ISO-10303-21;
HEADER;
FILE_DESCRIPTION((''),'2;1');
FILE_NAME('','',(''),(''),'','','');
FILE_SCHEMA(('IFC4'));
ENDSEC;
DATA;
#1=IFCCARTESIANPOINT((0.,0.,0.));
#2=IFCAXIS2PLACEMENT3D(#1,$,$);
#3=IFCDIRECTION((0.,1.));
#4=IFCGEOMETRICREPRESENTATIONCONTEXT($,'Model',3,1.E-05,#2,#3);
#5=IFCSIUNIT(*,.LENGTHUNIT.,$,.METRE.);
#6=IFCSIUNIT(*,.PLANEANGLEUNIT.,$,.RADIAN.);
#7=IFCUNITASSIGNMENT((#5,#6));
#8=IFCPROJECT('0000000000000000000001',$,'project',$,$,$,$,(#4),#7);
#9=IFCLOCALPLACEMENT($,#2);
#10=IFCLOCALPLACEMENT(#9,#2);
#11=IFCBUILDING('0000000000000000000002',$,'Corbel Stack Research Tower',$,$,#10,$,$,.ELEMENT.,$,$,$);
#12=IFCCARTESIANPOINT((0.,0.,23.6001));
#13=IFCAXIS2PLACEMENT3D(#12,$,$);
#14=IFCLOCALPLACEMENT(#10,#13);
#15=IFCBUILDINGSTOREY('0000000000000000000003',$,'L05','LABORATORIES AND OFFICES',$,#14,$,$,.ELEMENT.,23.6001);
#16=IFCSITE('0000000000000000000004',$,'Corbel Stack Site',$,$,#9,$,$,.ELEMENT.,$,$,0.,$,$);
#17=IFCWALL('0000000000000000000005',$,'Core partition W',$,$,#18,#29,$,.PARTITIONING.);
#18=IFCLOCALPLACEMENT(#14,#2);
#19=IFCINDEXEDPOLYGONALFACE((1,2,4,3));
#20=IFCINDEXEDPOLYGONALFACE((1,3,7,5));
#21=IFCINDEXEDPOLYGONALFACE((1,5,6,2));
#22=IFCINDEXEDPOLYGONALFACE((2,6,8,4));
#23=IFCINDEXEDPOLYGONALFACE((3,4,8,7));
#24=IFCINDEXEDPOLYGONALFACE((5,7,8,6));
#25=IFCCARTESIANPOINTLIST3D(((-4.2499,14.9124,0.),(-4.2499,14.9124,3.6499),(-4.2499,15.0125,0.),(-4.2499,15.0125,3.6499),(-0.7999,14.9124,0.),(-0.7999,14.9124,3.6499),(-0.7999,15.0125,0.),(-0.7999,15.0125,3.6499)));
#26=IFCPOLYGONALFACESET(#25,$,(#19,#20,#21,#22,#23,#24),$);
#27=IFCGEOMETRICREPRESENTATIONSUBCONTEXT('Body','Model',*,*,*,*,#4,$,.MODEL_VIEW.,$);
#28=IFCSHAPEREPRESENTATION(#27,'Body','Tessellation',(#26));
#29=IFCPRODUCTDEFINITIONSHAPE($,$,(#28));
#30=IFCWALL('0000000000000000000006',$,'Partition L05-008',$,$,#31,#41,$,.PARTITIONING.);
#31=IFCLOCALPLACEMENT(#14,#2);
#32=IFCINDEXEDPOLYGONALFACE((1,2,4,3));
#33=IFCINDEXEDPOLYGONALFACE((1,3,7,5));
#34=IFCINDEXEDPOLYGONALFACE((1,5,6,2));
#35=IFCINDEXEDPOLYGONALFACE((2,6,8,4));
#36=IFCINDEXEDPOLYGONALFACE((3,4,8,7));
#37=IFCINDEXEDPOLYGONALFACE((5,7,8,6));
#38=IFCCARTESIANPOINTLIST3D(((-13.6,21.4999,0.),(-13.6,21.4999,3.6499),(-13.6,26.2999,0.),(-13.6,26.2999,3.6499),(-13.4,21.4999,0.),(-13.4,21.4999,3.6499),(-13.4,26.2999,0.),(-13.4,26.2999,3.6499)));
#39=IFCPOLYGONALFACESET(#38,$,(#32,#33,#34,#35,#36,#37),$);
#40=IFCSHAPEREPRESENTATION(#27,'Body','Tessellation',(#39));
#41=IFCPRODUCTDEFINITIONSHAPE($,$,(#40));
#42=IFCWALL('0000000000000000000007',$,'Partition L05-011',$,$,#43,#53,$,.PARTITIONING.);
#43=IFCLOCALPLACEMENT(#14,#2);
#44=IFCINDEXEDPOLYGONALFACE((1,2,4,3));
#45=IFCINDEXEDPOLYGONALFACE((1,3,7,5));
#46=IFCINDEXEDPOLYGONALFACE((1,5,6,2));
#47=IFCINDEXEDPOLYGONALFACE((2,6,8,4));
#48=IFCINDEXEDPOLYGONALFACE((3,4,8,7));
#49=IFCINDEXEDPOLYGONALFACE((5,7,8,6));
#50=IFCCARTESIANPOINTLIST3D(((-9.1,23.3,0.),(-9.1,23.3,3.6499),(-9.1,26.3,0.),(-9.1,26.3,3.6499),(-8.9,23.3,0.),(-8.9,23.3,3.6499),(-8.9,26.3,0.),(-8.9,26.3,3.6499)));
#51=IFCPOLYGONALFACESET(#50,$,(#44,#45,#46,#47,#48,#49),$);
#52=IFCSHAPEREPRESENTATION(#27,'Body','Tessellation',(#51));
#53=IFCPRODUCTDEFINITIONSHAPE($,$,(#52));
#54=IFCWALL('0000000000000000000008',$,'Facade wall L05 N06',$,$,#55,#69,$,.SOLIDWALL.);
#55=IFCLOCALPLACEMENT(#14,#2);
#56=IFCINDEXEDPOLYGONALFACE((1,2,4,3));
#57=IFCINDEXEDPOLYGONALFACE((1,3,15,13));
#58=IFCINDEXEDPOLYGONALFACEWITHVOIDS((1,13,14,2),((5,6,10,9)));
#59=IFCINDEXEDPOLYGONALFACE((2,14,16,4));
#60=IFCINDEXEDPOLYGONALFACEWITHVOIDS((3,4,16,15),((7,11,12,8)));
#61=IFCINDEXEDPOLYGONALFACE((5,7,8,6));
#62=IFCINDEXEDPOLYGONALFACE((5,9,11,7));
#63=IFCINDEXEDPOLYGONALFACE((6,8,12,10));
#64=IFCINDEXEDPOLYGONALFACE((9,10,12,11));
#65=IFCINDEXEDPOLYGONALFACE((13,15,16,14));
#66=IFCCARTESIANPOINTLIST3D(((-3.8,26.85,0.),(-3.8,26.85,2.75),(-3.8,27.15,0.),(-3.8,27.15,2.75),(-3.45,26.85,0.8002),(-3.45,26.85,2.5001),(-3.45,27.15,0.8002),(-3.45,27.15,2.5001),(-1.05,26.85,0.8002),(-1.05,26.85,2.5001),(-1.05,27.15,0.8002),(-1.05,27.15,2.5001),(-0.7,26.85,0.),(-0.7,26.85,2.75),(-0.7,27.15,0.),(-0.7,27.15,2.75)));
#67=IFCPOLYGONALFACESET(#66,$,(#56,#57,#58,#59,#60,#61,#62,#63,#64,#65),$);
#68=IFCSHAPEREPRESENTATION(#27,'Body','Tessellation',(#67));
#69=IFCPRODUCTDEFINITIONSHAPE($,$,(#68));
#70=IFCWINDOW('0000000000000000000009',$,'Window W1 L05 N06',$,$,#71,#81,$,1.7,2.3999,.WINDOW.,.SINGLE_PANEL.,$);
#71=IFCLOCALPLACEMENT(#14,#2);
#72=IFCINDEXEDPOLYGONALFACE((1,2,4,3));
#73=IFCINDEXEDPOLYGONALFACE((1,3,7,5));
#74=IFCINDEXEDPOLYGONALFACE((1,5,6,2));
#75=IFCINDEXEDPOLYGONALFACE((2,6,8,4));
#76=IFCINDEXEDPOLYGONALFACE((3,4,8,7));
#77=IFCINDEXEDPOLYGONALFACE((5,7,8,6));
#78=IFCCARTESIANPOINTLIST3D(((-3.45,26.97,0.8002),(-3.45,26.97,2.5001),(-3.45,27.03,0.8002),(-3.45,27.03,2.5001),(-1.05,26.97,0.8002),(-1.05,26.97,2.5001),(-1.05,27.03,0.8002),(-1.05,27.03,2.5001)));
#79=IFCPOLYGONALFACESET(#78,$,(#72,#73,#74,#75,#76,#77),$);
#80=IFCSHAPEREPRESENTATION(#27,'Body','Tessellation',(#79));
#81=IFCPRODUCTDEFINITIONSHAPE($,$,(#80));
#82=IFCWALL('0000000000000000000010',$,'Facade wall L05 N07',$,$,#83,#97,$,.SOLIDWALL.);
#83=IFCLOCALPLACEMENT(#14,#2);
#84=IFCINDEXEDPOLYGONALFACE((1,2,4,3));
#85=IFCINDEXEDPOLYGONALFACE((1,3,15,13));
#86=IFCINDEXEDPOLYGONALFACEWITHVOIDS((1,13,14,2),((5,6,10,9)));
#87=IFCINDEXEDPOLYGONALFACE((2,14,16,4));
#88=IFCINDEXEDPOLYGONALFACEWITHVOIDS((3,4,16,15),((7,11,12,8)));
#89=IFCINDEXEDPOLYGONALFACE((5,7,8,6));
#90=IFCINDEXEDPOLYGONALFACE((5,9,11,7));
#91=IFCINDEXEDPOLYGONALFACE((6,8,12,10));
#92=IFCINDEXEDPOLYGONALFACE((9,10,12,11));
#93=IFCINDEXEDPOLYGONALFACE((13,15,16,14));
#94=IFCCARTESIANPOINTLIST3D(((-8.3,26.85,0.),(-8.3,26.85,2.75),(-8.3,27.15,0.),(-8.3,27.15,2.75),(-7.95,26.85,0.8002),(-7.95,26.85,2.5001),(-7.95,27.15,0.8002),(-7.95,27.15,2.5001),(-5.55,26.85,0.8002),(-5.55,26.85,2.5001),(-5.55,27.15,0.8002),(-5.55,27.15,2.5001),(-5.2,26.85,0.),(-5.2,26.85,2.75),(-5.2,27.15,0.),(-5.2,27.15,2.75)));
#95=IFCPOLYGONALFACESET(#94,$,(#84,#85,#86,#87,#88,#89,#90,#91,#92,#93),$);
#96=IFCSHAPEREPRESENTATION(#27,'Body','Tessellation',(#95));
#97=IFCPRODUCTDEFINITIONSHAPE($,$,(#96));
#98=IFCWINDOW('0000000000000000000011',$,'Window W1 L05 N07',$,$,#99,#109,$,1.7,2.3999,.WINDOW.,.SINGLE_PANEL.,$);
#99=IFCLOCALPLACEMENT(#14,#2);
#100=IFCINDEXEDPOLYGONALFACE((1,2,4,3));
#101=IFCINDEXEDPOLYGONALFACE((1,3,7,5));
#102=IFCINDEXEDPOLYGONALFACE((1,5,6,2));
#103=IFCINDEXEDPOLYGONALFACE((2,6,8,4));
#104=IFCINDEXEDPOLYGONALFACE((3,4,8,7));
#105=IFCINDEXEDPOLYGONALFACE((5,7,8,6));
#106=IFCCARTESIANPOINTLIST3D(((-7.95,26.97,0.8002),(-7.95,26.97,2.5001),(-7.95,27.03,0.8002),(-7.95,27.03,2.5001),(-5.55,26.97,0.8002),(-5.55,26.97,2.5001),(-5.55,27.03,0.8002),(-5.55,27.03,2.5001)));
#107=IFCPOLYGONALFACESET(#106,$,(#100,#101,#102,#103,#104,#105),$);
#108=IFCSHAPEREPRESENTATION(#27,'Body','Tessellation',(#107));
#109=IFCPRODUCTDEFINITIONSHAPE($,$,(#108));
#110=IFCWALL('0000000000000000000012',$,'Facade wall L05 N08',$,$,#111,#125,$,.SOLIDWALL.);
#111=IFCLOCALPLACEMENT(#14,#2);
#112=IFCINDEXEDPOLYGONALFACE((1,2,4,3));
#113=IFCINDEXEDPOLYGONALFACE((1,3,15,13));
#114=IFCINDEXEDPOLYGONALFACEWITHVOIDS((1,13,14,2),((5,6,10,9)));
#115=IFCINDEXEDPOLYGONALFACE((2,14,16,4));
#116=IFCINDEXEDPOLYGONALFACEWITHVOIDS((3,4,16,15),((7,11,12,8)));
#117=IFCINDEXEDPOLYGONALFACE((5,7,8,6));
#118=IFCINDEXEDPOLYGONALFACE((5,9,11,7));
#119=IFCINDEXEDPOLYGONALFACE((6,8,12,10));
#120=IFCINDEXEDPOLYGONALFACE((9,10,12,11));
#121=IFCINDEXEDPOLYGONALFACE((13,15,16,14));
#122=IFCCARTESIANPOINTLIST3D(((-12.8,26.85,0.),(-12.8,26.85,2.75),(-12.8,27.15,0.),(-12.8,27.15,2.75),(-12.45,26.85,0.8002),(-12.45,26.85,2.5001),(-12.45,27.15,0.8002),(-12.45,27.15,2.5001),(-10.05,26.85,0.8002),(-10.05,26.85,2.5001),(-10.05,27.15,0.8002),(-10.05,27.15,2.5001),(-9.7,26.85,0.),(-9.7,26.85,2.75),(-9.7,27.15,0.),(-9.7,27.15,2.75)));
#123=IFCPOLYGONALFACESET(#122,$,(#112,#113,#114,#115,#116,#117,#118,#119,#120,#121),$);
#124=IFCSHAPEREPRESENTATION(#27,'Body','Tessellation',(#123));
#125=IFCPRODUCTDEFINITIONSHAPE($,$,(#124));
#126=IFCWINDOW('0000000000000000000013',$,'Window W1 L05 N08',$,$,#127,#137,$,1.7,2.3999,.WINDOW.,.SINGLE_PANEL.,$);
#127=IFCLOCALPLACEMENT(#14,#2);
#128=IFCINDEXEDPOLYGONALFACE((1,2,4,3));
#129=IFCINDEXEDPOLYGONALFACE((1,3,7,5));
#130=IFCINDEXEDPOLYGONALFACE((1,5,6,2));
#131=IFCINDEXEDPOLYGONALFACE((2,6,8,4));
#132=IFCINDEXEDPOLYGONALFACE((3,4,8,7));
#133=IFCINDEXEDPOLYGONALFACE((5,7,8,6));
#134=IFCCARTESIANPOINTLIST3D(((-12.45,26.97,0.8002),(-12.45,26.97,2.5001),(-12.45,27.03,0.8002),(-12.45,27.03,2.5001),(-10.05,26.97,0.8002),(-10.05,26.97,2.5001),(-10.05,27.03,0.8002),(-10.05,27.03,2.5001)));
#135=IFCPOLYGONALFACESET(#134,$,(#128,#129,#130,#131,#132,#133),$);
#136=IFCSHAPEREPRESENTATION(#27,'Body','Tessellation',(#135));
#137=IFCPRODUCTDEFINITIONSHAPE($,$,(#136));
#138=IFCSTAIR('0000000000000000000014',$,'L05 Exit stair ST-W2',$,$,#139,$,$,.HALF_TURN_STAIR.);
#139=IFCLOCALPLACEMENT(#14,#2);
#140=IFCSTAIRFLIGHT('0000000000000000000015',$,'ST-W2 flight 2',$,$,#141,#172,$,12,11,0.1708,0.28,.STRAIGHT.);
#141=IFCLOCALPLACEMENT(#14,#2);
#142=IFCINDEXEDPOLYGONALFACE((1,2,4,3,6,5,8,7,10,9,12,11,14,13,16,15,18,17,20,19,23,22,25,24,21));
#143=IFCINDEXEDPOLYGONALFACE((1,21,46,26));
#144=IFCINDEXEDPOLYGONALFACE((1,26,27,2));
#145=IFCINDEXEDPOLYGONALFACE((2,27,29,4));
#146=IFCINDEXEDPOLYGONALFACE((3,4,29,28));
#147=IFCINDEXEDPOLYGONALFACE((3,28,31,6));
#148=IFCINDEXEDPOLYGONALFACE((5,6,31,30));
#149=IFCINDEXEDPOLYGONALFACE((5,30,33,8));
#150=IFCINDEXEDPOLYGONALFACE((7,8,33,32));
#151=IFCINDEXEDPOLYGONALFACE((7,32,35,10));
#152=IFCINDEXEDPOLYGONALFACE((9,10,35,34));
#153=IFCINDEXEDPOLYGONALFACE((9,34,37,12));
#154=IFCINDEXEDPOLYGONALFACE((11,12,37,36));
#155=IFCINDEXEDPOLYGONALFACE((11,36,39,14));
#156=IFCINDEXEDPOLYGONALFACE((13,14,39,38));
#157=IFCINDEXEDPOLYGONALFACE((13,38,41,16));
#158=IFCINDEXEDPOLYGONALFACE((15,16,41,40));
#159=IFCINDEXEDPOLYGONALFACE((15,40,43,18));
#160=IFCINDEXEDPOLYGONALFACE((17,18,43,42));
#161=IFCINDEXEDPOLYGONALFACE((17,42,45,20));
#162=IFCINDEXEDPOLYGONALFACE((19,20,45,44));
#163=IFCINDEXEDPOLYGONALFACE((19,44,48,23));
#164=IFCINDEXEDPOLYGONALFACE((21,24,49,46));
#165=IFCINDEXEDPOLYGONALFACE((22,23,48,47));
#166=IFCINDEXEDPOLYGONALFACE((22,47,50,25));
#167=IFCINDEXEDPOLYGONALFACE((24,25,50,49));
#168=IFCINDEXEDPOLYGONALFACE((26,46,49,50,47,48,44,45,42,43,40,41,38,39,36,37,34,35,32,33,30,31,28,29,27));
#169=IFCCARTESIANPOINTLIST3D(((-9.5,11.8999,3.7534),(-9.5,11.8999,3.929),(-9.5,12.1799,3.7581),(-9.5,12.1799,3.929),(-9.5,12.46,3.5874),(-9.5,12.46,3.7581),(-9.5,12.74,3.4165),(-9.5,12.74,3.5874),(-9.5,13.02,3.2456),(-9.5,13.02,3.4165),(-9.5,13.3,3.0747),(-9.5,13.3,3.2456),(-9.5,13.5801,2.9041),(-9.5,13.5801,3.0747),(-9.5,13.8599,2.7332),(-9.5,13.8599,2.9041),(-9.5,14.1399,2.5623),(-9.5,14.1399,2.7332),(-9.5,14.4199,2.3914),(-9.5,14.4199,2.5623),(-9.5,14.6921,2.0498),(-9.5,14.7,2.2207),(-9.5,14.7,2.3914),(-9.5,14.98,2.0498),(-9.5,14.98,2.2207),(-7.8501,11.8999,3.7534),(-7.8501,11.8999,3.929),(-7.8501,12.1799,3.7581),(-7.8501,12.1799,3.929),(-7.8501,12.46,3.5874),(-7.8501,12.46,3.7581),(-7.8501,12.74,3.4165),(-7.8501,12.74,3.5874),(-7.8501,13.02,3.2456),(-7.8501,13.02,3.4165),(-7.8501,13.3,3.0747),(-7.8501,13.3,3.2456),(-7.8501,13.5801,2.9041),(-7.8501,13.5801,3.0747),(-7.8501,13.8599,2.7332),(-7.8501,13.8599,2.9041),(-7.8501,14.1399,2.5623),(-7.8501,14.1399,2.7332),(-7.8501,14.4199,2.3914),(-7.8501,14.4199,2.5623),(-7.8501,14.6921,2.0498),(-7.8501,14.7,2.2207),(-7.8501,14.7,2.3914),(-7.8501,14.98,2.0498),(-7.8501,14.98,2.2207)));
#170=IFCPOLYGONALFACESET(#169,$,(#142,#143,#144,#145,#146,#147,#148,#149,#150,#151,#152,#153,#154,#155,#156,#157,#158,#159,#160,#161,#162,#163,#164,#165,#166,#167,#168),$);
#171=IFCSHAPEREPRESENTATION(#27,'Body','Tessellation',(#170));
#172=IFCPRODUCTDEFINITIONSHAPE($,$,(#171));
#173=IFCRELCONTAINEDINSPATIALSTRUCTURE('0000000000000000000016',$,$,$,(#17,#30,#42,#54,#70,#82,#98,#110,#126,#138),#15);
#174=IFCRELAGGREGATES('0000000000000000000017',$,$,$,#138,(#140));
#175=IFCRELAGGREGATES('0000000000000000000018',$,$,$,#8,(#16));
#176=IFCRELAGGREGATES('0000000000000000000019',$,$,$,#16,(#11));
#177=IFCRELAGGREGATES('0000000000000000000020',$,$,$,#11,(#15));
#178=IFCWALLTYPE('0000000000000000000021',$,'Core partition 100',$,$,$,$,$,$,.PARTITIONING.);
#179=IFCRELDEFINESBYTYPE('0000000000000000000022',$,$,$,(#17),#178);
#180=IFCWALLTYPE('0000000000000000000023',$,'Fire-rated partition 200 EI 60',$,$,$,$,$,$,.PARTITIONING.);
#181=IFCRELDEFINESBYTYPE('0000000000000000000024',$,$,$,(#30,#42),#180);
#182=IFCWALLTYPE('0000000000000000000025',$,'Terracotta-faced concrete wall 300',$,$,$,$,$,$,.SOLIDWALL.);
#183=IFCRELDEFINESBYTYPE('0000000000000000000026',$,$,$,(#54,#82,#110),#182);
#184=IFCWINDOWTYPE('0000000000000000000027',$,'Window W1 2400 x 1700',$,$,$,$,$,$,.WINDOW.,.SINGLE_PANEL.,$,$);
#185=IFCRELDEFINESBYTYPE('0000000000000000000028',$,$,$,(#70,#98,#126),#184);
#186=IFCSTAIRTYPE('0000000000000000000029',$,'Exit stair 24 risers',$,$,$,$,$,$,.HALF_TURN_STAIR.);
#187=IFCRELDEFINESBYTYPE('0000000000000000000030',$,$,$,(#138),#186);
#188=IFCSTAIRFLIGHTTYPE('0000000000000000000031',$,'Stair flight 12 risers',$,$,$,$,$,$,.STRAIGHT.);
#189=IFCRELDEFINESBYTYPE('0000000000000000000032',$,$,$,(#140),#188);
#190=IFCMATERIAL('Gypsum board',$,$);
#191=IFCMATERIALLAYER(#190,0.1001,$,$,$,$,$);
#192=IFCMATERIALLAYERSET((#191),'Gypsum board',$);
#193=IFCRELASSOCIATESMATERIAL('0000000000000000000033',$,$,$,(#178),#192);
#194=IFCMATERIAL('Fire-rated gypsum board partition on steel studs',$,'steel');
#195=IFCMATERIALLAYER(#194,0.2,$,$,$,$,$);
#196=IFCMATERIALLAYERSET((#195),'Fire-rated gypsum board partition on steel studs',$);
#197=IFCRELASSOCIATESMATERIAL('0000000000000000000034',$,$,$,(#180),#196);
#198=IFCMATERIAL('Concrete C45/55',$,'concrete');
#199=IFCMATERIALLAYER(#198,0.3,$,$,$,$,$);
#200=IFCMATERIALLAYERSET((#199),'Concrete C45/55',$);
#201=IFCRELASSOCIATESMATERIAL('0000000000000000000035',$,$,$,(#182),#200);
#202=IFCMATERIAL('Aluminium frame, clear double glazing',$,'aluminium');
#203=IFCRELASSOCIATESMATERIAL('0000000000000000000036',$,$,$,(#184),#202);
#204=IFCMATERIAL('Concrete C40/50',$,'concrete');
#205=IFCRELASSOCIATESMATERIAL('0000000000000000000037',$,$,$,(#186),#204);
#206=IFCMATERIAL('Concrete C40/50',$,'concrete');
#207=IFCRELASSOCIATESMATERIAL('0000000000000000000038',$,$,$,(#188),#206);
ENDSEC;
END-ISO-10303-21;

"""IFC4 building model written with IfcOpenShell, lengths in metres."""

from ifc_helpers import new_model, si_unit, direction, frame, frame_2d, origin, place, context, subcontext, project, spatial, polyline, rectangle, outline, extrude, material, layer, layer_set, type_object, element, fill, aggregate, save


model = new_model("IFC4")

# Units and contexts
model_context = context("Model", 3, precision=1e-05, world=origin(), true_north=direction((0.0, 1.0)))
body_context = subcontext(model_context, "Body", "Model", "MODEL_VIEW")
ifc_project = project(units=[si_unit("LENGTHUNIT", "METRE"), si_unit("PLANEANGLEUNIT", "RADIAN")], contexts=[model_context])

# Site, building, storey
site_placement = place(None, origin())
site = spatial("IfcSite", under=ifc_project, at=site_placement, Name="Corbel Stack Site", CompositionType="ELEMENT", RefElevation=0.0)
building_placement = place(site_placement, origin())
building = spatial("IfcBuilding", under=site, at=building_placement, Name="Corbel Stack Research Tower", CompositionType="ELEMENT")
storey_placement = place(building_placement, frame((0.0, 0.0, 23.6001)))
storey = spatial("IfcBuildingStorey", under=building, at=storey_placement, Name="L05", Description="LABORATORIES AND OFFICES", CompositionType="ELEMENT", Elevation=23.6001)

# Shared definitions
ifc_material_1 = material(Name="Gypsum board")
ifc_layer_1 = layer(ifc_material_1, 0.1001)
ifc_layer_set_1 = layer_set([ifc_layer_1], Name="Gypsum board")
wall_type_1 = type_object("IfcWallType", Name="Core partition 100", PredefinedType="PARTITIONING", material=ifc_layer_set_1)

# Walls
wall_1_placement = place(storey_placement, frame((-4.25, 14.9624, 0.0), z_axis=(0.0, 0.0, 1.0), x_axis=(1.0, 0.0, 0.0)))
element("IfcWall", 1, at=wall_1_placement, inside=storey, type_object=wall_type_1, Name="Core partition W", PredefinedType="PARTITIONING", context=body_context, shape_type="SweptSolid", body=[
    extrude(rectangle(XDim=3.45, YDim=0.1001, at=frame_2d((1.7251, 0.0))), origin(), (0.0, 0.0, 1.0), 3.6499),
])
ifc_material_2 = material(Name="Fire-rated gypsum board partition on steel studs", Category="steel")
ifc_layer_2 = layer(ifc_material_2, 0.2)
ifc_layer_set_2 = layer_set([ifc_layer_2], Name="Fire-rated gypsum board partition on steel studs")
wall_type_2 = type_object("IfcWallType", Name="Fire-rated partition 200 EI 60", PredefinedType="PARTITIONING", material=ifc_layer_set_2)
wall_2_placement = place(storey_placement, frame((-13.5, 21.5, 0.0), z_axis=(0.0, 0.0, 1.0), x_axis=(0.0, 1.0, 0.0)))
element("IfcWall", 2, at=wall_2_placement, inside=storey, type_object=wall_type_2, Name="Partition L05-008", PredefinedType="PARTITIONING", context=body_context, shape_type="SweptSolid", body=[
    extrude(rectangle(XDim=4.8, YDim=0.2, at=frame_2d((2.3999, 0.0))), origin(), (0.0, 0.0, 1.0), 3.6499),
])
wall_3_placement = place(storey_placement, frame((-9.0, 23.3, 0.0), z_axis=(0.0, 0.0, 1.0), x_axis=(0.0, 1.0, 0.0)))
element("IfcWall", 3, at=wall_3_placement, inside=storey, type_object=wall_type_2, Name="Partition L05-011", PredefinedType="PARTITIONING", context=body_context, shape_type="SweptSolid", body=[
    extrude(rectangle(XDim=3.0, YDim=0.2, at=frame_2d((1.5, 0.0))), origin(), (0.0, 0.0, 1.0), 3.6499),
])

# Walls, openings, windows
ifc_material_3 = material(Name="Concrete C45/55", Category="concrete")
ifc_layer_3 = layer(ifc_material_3, 0.3)
ifc_layer_set_3 = layer_set([ifc_layer_3], Name="Concrete C45/55")
wall_type_3 = type_object("IfcWallType", Name="Terracotta-faced concrete wall 300", PredefinedType="SOLIDWALL", material=ifc_layer_set_3)
wall_4_placement = place(storey_placement, frame((-3.8, 27.0, 0.0), z_axis=(0.0, 0.0, 1.0), x_axis=(1.0, 0.0, 0.0)))
wall_4 = element("IfcWall", 4, at=wall_4_placement, inside=storey, type_object=wall_type_3, Name="Facade wall L05 N06", PredefinedType="SOLIDWALL", context=body_context, shape_type="SweptSolid", body=[
    extrude(rectangle(XDim=3.1001, YDim=0.3, at=frame_2d((1.55, 0.0))), origin(), (0.0, 0.0, 1.0), 2.75),
])
opening_1_placement = place(wall_4_placement, frame((0.3501, 0.0, 0.8)))
opening_1 = element("IfcOpeningElement", 5, at=opening_1_placement, cuts=wall_4, PredefinedType="OPENING", context=body_context, shape_type="SweptSolid", body=[
    extrude(rectangle(XDim=2.3999, YDim=1.7, at=frame_2d((1.2, 0.8501))), frame((0.0, 0.1599, 0.0), z_axis=(0.0, -1.0, 0.0), x_axis=(1.0, 0.0, 0.0)), (0.0, 0.0, 1.0), 0.3201),
])
ifc_material_4 = material(Name="Aluminium frame, clear double glazing", Category="aluminium")
window_type = type_object("IfcWindowType", Name="Window W1 2400 x 1700", PartitioningType="SINGLE_PANEL", PredefinedType="WINDOW", material=ifc_material_4)
window_1_placement = place(opening_1_placement, origin())
window_1 = element("IfcWindow", 6, at=window_1_placement, inside=storey, type_object=window_type, Name="Window W1 L05 N06", OverallHeight=1.7, OverallWidth=2.3999, PartitioningType="SINGLE_PANEL", PredefinedType="WINDOW", context=body_context, shape_type="SweptSolid", body=[
    extrude(rectangle(XDim=2.3999, YDim=1.7, at=frame_2d((1.2, 0.8501))), frame((0.0, 0.03, 0.0), z_axis=(0.0, -1.0, 0.0), x_axis=(1.0, 0.0, 0.0)), (0.0, 0.0, 1.0), 0.0601),
])
fill(opening_1, window_1)
wall_5_placement = place(storey_placement, frame((-8.3, 27.0, 0.0), z_axis=(0.0, 0.0, 1.0), x_axis=(1.0, 0.0, 0.0)))
wall_5 = element("IfcWall", 7, at=wall_5_placement, inside=storey, type_object=wall_type_3, Name="Facade wall L05 N07", PredefinedType="SOLIDWALL", context=body_context, shape_type="SweptSolid", body=[
    extrude(rectangle(XDim=3.1001, YDim=0.3, at=frame_2d((1.55, 0.0))), origin(), (0.0, 0.0, 1.0), 2.75),
])
opening_2_placement = place(wall_5_placement, frame((0.3501, 0.0, 0.8)))
opening_2 = element("IfcOpeningElement", 8, at=opening_2_placement, cuts=wall_5, PredefinedType="OPENING", context=body_context, shape_type="SweptSolid", body=[
    extrude(rectangle(XDim=2.3999, YDim=1.7, at=frame_2d((1.2, 0.8501))), frame((0.0, 0.1599, 0.0), z_axis=(0.0, -1.0, 0.0), x_axis=(1.0, 0.0, 0.0)), (0.0, 0.0, 1.0), 0.3201),
])
window_2_placement = place(opening_2_placement, origin())
window_2 = element("IfcWindow", 9, at=window_2_placement, inside=storey, type_object=window_type, Name="Window W1 L05 N07", OverallHeight=1.7, OverallWidth=2.3999, PartitioningType="SINGLE_PANEL", PredefinedType="WINDOW", context=body_context, shape_type="SweptSolid", body=[
    extrude(rectangle(XDim=2.3999, YDim=1.7, at=frame_2d((1.2, 0.8501))), frame((0.0, 0.03, 0.0), z_axis=(0.0, -1.0, 0.0), x_axis=(1.0, 0.0, 0.0)), (0.0, 0.0, 1.0), 0.0601),
])
fill(opening_2, window_2)
wall_6_placement = place(storey_placement, frame((-12.8, 27.0, 0.0), z_axis=(0.0, 0.0, 1.0), x_axis=(1.0, 0.0, 0.0)))
wall_6 = element("IfcWall", 10, at=wall_6_placement, inside=storey, type_object=wall_type_3, Name="Facade wall L05 N08", PredefinedType="SOLIDWALL", context=body_context, shape_type="SweptSolid", body=[
    extrude(rectangle(XDim=3.1001, YDim=0.3, at=frame_2d((1.55, 0.0))), origin(), (0.0, 0.0, 1.0), 2.75),
])
opening_3_placement = place(wall_6_placement, frame((0.3501, 0.0, 0.8)))
opening_3 = element("IfcOpeningElement", 11, at=opening_3_placement, cuts=wall_6, PredefinedType="OPENING", context=body_context, shape_type="SweptSolid", body=[
    extrude(rectangle(XDim=2.3999, YDim=1.7, at=frame_2d((1.2, 0.8501))), frame((0.0, 0.1599, 0.0), z_axis=(0.0, -1.0, 0.0), x_axis=(1.0, 0.0, 0.0)), (0.0, 0.0, 1.0), 0.3201),
])
window_3_placement = place(opening_3_placement, origin())
window_3 = element("IfcWindow", 12, at=window_3_placement, inside=storey, type_object=window_type, Name="Window W1 L05 N08", OverallHeight=1.7, OverallWidth=2.3999, PartitioningType="SINGLE_PANEL", PredefinedType="WINDOW", context=body_context, shape_type="SweptSolid", body=[
    extrude(rectangle(XDim=2.3999, YDim=1.7, at=frame_2d((1.2, 0.8501))), frame((0.0, 0.03, 0.0), z_axis=(0.0, -1.0, 0.0), x_axis=(1.0, 0.0, 0.0)), (0.0, 0.0, 1.0), 0.0601),
])
fill(opening_3, window_3)

# Stair, stair flight
ifc_material_5 = material(Name="Concrete C40/50", Category="concrete")
stair_type = type_object("IfcStairType", Name="Exit stair 24 risers", PredefinedType="HALF_TURN_STAIR", material=ifc_material_5)
stair_placement = place(storey_placement, origin())
stair = element("IfcStair", 13, at=stair_placement, inside=storey, type_object=stair_type, Name="L05 Exit stair ST-W2", PredefinedType="HALF_TURN_STAIR")
ifc_material_6 = material(Name="Concrete C40/50", Category="concrete")
stair_flight_type = type_object("IfcStairFlightType", Name="Stair flight 12 risers", PredefinedType="STRAIGHT", material=ifc_material_6)
stair_flight_placement = place(storey_placement, frame((-8.675, 14.98, 2.0498), z_axis=(0.0, 0.0, 1.0), x_axis=(0.0, -1.0, 0.0)))
stair_flight = element("IfcStairFlight", 14, at=stair_flight_placement, type_object=stair_flight_type, Name="ST-W2 flight 2", NumberOfRisers=12, NumberOfTreads=11, PredefinedType="STRAIGHT", RiserHeight=0.1708, TreadLength=0.28, context=body_context, shape_type="SweptSolid", body=[
    extrude(outline(polyline([(0.0, 0.0), (0.0, 0.1709), (0.28, 0.1709), (0.28, 0.3416), (0.5601, 0.3416), (0.5601, 0.5125), (0.8401, 0.5125), (0.8401, 0.6833), (1.1201, 0.6833), (1.1201, 0.8542), (1.3999, 0.8542), (1.3999, 1.0249), (1.6799, 1.0249), (1.6799, 1.1958), (1.96, 1.1958), (1.96, 1.3667), (2.24, 1.3667), (2.24, 1.5376), (2.52, 1.5376), (2.52, 1.7083), (2.8, 1.7083), (2.8, 1.8792), (3.0801, 1.8792), (3.0801, 2.05), (3.0801, 1.7036), (0.2878, 0.0), (0.0, 0.0)])), frame((0.0, 0.825, 0.0), z_axis=(0.0, -1.0, 0.0), x_axis=(1.0, 0.0, 0.0)), (0.0, 0.0, 1.0), 1.6499),
])
aggregate(stair, [stair_flight])

save(model, "model.ifc")
